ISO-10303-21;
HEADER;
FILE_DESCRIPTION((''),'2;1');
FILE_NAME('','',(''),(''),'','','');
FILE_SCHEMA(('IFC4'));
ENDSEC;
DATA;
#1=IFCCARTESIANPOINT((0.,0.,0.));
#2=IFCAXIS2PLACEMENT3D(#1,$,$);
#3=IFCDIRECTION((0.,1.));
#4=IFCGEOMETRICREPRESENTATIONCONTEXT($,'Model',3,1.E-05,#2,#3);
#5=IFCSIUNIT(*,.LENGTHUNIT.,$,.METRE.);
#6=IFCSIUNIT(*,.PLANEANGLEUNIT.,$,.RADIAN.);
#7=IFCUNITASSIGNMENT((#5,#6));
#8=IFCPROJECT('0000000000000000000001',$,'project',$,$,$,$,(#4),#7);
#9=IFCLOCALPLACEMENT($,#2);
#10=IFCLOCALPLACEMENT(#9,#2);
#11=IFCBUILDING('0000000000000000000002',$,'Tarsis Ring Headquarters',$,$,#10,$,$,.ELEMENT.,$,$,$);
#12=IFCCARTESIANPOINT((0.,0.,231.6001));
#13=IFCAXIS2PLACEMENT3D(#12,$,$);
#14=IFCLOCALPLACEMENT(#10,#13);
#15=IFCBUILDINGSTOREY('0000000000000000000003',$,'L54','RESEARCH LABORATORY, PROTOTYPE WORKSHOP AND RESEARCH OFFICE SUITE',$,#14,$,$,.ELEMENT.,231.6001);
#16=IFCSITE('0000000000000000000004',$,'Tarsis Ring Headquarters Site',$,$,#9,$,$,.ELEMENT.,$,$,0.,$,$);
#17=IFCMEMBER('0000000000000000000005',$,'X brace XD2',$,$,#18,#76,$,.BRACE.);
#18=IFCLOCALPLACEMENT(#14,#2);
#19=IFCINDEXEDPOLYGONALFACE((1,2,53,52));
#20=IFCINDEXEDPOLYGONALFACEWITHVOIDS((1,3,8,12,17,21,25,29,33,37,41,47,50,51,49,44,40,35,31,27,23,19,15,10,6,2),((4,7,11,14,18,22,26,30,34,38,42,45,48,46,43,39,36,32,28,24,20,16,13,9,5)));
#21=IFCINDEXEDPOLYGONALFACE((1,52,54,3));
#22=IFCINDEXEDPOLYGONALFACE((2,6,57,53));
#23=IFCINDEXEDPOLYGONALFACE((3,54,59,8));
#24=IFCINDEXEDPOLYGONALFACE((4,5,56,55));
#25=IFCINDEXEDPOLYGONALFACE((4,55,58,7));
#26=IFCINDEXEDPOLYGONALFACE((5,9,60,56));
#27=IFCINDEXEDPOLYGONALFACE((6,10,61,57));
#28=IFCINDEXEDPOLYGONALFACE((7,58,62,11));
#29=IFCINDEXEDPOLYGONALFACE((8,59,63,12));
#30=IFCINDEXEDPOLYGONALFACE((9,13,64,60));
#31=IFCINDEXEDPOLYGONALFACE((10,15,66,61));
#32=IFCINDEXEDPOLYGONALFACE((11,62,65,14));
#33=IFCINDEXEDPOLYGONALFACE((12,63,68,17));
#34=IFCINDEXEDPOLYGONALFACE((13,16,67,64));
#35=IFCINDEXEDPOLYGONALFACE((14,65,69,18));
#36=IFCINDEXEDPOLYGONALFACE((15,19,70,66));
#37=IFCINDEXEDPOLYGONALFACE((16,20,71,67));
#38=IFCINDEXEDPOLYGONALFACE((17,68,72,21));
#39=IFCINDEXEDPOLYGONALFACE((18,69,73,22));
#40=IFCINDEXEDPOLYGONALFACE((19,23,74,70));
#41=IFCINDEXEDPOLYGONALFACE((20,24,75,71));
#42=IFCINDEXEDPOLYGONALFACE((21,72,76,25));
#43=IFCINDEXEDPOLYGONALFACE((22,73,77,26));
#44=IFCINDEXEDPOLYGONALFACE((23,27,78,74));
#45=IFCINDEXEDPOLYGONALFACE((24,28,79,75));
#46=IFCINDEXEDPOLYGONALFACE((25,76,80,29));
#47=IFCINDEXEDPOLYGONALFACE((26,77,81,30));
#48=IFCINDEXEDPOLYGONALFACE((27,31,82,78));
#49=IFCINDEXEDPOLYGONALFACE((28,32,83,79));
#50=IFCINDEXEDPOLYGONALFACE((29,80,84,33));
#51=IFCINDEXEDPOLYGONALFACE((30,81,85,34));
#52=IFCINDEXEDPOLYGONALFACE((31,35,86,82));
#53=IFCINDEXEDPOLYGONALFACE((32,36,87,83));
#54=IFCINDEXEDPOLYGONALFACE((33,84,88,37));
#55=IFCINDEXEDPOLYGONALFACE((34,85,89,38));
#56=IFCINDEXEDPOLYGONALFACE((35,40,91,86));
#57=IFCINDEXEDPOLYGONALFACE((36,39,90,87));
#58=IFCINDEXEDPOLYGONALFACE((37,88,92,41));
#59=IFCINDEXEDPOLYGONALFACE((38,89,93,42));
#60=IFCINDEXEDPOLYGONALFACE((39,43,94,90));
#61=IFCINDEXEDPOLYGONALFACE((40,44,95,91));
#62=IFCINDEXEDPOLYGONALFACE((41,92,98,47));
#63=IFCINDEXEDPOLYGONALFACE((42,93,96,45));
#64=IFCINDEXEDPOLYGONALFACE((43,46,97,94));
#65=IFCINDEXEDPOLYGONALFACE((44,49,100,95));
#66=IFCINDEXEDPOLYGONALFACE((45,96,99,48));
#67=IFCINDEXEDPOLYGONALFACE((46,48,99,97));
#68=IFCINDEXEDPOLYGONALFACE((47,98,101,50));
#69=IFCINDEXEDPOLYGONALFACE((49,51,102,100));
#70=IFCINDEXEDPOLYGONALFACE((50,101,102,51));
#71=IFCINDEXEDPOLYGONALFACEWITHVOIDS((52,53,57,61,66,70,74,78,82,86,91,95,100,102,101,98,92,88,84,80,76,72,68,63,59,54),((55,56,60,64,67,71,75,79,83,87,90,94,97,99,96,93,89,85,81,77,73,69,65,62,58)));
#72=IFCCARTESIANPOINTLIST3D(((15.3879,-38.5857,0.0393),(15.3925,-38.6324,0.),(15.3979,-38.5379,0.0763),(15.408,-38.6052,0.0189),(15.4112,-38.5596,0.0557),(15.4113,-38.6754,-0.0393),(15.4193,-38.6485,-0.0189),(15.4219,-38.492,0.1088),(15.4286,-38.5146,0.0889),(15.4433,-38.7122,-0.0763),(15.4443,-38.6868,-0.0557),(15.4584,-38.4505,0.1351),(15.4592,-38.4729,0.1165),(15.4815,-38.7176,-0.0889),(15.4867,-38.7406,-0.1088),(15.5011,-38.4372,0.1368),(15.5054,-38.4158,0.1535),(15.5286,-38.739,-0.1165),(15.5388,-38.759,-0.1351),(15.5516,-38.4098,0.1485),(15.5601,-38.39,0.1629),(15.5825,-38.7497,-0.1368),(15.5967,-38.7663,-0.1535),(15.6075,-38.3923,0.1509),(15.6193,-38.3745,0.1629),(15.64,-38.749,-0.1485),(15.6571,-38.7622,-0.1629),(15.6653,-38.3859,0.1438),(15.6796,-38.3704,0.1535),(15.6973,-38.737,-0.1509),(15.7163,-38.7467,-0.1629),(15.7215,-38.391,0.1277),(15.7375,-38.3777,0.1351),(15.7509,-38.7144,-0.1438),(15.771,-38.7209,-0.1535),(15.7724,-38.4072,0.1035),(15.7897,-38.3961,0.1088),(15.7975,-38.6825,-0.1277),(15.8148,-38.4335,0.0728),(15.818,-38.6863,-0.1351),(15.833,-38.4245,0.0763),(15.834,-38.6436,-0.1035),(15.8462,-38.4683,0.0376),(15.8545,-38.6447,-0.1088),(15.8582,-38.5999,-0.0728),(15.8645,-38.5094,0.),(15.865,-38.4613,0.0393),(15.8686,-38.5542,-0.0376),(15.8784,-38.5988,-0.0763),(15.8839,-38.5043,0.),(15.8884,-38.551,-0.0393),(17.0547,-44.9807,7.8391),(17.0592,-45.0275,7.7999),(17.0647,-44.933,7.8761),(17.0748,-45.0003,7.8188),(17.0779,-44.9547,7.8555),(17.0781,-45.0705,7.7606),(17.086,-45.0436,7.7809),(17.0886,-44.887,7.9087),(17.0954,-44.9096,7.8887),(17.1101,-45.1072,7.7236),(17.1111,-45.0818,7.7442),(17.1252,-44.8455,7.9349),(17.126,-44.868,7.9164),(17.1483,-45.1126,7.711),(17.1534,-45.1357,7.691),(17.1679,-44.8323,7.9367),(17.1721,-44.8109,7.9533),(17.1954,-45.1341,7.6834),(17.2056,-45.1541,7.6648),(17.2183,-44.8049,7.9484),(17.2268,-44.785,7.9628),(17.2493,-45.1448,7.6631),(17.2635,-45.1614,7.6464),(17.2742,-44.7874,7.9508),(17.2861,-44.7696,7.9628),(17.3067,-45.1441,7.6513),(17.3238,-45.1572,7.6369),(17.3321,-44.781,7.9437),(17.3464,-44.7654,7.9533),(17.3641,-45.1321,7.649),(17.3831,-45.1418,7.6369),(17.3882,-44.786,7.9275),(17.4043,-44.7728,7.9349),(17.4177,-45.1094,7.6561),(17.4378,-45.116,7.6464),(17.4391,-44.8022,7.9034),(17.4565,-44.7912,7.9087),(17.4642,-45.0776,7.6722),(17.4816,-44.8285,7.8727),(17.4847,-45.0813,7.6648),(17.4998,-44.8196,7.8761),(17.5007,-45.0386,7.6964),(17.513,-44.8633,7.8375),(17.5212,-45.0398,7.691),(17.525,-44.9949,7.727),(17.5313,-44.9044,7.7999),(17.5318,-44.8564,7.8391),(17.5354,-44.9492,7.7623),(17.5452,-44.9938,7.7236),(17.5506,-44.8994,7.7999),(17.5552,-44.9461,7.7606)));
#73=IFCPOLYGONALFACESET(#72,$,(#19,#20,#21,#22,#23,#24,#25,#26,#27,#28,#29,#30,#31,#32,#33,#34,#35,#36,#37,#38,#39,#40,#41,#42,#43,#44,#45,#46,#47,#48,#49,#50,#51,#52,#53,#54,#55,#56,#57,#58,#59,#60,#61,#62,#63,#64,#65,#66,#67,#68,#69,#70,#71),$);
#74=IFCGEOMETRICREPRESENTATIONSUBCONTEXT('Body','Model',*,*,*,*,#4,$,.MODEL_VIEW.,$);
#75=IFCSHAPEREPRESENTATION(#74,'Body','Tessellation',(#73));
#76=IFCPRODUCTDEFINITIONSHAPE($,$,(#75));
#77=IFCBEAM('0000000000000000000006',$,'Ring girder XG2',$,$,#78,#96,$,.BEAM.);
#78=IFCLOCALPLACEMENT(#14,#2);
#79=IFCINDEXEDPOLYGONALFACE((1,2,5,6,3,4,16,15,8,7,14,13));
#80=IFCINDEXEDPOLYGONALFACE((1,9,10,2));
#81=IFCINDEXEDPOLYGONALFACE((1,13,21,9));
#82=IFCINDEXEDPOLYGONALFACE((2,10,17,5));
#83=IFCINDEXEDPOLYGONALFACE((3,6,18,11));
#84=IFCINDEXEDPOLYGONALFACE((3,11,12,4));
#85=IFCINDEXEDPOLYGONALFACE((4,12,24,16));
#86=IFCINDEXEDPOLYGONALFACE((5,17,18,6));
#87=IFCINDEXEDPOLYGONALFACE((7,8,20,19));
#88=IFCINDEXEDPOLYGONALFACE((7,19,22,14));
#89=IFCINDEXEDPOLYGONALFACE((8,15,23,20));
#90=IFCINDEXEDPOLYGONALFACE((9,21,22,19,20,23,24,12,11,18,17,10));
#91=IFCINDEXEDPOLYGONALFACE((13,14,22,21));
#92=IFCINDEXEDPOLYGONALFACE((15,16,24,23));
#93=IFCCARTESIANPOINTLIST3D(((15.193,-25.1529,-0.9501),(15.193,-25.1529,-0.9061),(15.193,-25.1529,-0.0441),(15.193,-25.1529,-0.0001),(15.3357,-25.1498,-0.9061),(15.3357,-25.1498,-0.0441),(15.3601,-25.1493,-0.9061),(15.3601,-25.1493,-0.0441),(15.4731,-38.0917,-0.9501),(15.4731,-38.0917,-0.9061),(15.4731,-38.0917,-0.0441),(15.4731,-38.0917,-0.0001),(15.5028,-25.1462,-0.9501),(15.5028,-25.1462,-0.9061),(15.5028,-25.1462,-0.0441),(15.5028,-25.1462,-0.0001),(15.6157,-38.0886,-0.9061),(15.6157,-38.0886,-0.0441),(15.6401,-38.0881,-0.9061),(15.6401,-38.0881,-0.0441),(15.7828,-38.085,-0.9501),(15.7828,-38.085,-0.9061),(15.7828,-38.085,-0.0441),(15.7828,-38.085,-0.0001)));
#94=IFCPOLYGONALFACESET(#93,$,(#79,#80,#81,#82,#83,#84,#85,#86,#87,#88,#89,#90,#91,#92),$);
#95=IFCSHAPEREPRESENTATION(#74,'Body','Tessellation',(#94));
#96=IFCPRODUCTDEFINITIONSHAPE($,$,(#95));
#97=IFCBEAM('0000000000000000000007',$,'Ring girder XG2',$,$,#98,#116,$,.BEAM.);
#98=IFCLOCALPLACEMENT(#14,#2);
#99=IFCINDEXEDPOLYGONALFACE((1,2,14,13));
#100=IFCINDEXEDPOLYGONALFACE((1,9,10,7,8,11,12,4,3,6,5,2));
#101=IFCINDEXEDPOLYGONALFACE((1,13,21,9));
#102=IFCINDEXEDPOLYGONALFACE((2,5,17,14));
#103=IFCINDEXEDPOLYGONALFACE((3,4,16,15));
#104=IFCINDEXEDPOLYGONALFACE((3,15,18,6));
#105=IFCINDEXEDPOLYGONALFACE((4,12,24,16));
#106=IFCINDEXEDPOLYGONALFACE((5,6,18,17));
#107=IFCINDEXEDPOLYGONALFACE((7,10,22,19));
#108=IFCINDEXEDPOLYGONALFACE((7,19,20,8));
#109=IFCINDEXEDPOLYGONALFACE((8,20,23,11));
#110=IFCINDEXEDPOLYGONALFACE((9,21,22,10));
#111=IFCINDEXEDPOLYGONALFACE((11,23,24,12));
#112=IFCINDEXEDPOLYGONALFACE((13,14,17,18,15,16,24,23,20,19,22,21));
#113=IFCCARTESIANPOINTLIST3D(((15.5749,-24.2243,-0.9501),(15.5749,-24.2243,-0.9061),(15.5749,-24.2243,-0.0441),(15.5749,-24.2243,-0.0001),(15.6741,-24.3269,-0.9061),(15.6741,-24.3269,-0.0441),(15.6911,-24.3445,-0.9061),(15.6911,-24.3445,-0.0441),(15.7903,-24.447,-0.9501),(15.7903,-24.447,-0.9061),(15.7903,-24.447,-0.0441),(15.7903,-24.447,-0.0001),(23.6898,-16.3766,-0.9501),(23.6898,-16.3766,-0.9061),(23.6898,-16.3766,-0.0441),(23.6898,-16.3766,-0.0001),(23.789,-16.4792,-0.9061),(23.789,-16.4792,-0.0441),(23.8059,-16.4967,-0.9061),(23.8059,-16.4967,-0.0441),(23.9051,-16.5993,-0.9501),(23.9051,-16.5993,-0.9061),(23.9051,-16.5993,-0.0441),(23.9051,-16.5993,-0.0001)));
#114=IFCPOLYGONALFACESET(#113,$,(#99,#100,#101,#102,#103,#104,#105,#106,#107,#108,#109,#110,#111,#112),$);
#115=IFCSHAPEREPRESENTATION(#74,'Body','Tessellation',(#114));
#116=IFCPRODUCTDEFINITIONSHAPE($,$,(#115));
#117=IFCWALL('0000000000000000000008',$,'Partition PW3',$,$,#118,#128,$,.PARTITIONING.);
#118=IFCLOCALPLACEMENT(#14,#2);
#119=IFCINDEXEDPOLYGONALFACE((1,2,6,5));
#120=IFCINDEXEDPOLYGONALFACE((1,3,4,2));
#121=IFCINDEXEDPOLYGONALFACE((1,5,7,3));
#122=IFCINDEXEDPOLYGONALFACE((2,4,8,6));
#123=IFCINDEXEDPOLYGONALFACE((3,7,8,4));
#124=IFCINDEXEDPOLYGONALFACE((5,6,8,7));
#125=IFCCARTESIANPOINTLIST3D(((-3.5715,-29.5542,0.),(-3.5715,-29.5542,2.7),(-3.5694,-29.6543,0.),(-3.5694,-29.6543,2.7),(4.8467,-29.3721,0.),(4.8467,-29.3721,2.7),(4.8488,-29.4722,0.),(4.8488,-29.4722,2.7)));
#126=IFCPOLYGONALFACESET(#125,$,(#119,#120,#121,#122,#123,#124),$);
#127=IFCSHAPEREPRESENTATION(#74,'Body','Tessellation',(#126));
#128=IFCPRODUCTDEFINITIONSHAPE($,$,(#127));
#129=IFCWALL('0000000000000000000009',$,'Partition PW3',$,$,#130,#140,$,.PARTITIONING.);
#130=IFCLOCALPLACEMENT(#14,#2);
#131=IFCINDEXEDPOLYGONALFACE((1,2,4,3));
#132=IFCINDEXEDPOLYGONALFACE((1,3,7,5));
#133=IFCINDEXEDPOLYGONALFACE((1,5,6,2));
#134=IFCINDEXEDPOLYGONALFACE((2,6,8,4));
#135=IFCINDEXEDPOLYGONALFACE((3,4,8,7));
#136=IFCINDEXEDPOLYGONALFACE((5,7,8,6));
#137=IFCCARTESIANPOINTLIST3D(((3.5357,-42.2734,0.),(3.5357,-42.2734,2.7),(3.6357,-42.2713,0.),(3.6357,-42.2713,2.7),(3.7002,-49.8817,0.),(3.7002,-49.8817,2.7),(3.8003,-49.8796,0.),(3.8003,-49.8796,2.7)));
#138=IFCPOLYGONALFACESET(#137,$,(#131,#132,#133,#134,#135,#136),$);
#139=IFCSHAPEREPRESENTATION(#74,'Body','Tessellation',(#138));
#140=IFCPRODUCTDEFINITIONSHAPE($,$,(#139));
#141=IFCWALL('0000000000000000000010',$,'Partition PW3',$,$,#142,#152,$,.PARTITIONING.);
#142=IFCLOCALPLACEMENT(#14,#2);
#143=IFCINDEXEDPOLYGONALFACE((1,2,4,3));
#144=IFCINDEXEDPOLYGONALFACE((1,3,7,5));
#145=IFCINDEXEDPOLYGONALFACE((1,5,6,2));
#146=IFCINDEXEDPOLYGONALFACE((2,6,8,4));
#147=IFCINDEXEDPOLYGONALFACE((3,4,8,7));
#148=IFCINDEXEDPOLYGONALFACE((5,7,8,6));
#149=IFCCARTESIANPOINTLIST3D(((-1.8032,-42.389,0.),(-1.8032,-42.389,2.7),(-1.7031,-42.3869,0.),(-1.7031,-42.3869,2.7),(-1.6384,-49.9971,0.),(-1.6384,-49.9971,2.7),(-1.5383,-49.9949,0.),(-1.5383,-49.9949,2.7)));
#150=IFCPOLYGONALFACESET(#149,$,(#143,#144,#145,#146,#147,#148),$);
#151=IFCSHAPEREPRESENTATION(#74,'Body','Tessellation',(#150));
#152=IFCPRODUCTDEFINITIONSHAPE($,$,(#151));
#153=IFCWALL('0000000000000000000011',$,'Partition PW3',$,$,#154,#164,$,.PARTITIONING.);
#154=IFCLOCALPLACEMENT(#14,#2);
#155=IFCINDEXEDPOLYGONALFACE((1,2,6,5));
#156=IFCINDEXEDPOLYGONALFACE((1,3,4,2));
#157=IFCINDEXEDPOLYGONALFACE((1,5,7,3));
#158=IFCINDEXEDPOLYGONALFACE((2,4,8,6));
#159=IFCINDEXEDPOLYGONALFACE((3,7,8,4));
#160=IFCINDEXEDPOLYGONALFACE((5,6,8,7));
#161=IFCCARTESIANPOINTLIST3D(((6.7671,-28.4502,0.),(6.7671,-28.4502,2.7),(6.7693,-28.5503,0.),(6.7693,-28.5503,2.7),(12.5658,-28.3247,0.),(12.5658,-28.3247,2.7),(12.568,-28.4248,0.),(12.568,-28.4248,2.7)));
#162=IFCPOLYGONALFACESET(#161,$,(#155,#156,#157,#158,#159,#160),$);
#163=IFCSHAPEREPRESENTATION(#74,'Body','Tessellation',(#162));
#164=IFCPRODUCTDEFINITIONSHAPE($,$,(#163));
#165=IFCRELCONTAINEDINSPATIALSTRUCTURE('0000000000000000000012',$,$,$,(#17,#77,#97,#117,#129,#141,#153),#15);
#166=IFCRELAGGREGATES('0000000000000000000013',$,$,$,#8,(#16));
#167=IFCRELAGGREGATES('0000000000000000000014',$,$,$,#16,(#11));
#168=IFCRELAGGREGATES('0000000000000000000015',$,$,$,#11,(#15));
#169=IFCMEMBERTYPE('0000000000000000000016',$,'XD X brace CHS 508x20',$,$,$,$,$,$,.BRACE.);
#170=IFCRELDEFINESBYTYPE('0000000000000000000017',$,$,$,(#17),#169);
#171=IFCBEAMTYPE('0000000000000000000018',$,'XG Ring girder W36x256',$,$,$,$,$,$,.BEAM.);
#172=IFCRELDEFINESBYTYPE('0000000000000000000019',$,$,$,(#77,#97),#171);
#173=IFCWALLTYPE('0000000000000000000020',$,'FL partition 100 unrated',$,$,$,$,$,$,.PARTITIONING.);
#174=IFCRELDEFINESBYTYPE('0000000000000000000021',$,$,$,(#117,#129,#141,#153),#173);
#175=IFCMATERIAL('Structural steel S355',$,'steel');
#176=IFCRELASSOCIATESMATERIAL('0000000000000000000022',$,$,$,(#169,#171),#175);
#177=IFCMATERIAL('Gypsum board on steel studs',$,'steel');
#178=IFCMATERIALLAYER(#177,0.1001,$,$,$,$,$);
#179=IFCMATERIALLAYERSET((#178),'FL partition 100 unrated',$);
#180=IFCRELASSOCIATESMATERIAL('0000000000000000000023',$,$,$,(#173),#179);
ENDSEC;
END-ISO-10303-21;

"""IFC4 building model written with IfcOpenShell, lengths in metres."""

from ifc_helpers import new_model, si_unit, direction, frame, frame_2d, origin, origin_2d, place, context, subcontext, project, spatial, rectangle, hollow_circle, i_section, extrude, material, layer, layer_set, material_profile, profile_set, type_object, element, save


model = new_model("IFC4")

# Units and contexts
model_context = context("Model", 3, precision=1e-05, world=origin(), true_north=direction((0.0, 1.0)))
body_context = subcontext(model_context, "Body", "Model", "MODEL_VIEW")
ifc_project = project(units=[si_unit("LENGTHUNIT", "METRE"), si_unit("PLANEANGLEUNIT", "RADIAN")], contexts=[model_context])

# Site, building, storey
site_placement = place(None, origin())
site = spatial("IfcSite", under=ifc_project, at=site_placement, Name="Tarsis Ring Headquarters Site", CompositionType="ELEMENT", RefElevation=0.0)
building_placement = place(site_placement, origin())
building = spatial("IfcBuilding", under=site, at=building_placement, Name="Tarsis Ring Headquarters", CompositionType="ELEMENT")
storey_placement = place(building_placement, frame((0.0, 0.0, 231.6001)))
storey = spatial("IfcBuildingStorey", under=building, at=storey_placement, Name="L54", Description="RESEARCH LABORATORY, PROTOTYPE WORKSHOP AND RESEARCH OFFICE SUITE", CompositionType="ELEMENT", Elevation=231.6001)

# Shared definitions
ifc_material_1 = material(Name="Structural steel S355", Category="steel")

# Member
ifc_material_profile_1 = material_profile(ifc_material_1, hollow_circle(Radius=0.2539, WallThickness=0.02, at=origin_2d()), Name="CHS 508x20")
ifc_profile_set_1 = profile_set([ifc_material_profile_1], Name="Structural steel S355")
member_type = type_object("IfcMemberType", Name="XD X brace CHS 508x20", PredefinedType="BRACE", material=ifc_profile_set_1)
member_placement = place(storey_placement, frame((15.6382, -38.5684, 0.0), z_axis=(0.163038, -0.625548, 0.762961), x_axis=(0.967673, 0.252207, 0.0)))
element("IfcMember", 1, at=member_placement, inside=storey, type_object=member_type, Name="X brace XD2", PredefinedType="BRACE", context=body_context, shape_type="SweptSolid", body=[
    extrude(hollow_circle(Radius=0.2539, WallThickness=0.02, at=origin_2d()), origin(), (0.0, 0.0, 1.0), 10.2231),
])

# Beams
ifc_material_profile_2 = material_profile(ifc_material_1, i_section(OverallWidth=0.3098, OverallDepth=0.95, WebThickness=0.0244, FlangeThickness=0.0439, at=origin_2d()), Name="W36x256")
ifc_profile_set_2 = profile_set([ifc_material_profile_2], Name="Structural steel S355")
beam_type = type_object("IfcBeamType", Name="XG Ring girder W36x256", PredefinedType="BEAM", material=ifc_profile_set_2)
beam_1_placement = place(storey_placement, frame((15.6279, -38.0884, -0.4751), z_axis=(-0.021637, 0.999766, 0.0), x_axis=(-0.999766, -0.021637, 0.0)))
element("IfcBeam", 2, at=beam_1_placement, inside=storey, type_object=beam_type, Name="Ring girder XG2", PredefinedType="BEAM", context=body_context, shape_type="SweptSolid", body=[
    extrude(i_section(OverallWidth=0.3098, OverallDepth=0.95, WebThickness=0.0244, FlangeThickness=0.0439, at=origin_2d()), origin(), (0.0, 0.0, 1.0), 12.9419),
])
beam_2_placement = place(storey_placement, frame((15.6826, -24.3357, -0.4751), z_axis=(0.718838, 0.695178, 0.0), x_axis=(-0.695178, 0.718838, 0.0)))
element("IfcBeam", 3, at=beam_2_placement, inside=storey, type_object=beam_type, Name="Ring girder XG2", PredefinedType="BEAM", context=body_context, shape_type="SweptSolid", body=[
    extrude(i_section(OverallWidth=0.3098, OverallDepth=0.95, WebThickness=0.0244, FlangeThickness=0.0439, at=origin_2d()), origin(), (0.0, 0.0, 1.0), 11.2888),
])

# Walls
ifc_material_2 = material(Name="Gypsum board on steel studs", Category="steel")
ifc_layer_1 = layer(ifc_material_2, 0.1001)
ifc_layer_set_1 = layer_set([ifc_layer_1], Name="FL partition 100 unrated")
wall_type_1 = type_object("IfcWallType", Name="FL partition 100 unrated", PredefinedType="PARTITIONING", material=ifc_layer_set_1)
wall_1_placement = place(storey_placement, frame((-3.5703, -29.6042, 0.0), z_axis=(0.0, 0.0, 1.0), x_axis=(0.999766, 0.02163, 0.0)))
element("IfcWall", 4, at=wall_1_placement, inside=storey, type_object=wall_type_1, Name="Partition PW3", PredefinedType="PARTITIONING", context=body_context, shape_type="SweptSolid", body=[
    extrude(rectangle(XDim=8.4202, YDim=0.1001, at=frame_2d((4.21, 0.0))), origin(), (0.0, 0.0, 1.0), 2.7),
])
wall_2_placement = place(storey_placement, frame((3.5857, -42.2722, 0.0), z_axis=(0.0, 0.0, 1.0), x_axis=(0.021622, -0.999766, 0.0)))
element("IfcWall", 5, at=wall_2_placement, inside=storey, type_object=wall_type_1, Name="Partition PW3", PredefinedType="PARTITIONING", context=body_context, shape_type="SweptSolid", body=[
    extrude(rectangle(XDim=7.6101, YDim=0.1001, at=frame_2d((3.8052, 0.0))), origin(), (0.0, 0.0, 1.0), 2.7),
])
wall_3_placement = place(storey_placement, frame((-1.7532, -42.3879, 0.0), z_axis=(0.0, 0.0, 1.0), x_axis=(0.021655, -0.999765, 0.0)))
element("IfcWall", 6, at=wall_3_placement, inside=storey, type_object=wall_type_1, Name="Partition PW3", PredefinedType="PARTITIONING", context=body_context, shape_type="SweptSolid", body=[
    extrude(rectangle(XDim=7.6099, YDim=0.1001, at=frame_2d((3.8049, 0.0))), origin(), (0.0, 0.0, 1.0), 2.7),
])
wall_4_placement = place(storey_placement, frame((6.7683, -28.5002, 0.0), z_axis=(0.0, 0.0, 1.0), x_axis=(0.999766, 0.021636, 0.0)))
element("IfcWall", 7, at=wall_4_placement, inside=storey, type_object=wall_type_1, Name="Partition PW3", PredefinedType="PARTITIONING", context=body_context, shape_type="SweptSolid", body=[
    extrude(rectangle(XDim=5.8, YDim=0.1001, at=frame_2d((2.8999, 0.0))), origin(), (0.0, 0.0, 1.0), 2.7),
])

save(model, "model.ifc")
